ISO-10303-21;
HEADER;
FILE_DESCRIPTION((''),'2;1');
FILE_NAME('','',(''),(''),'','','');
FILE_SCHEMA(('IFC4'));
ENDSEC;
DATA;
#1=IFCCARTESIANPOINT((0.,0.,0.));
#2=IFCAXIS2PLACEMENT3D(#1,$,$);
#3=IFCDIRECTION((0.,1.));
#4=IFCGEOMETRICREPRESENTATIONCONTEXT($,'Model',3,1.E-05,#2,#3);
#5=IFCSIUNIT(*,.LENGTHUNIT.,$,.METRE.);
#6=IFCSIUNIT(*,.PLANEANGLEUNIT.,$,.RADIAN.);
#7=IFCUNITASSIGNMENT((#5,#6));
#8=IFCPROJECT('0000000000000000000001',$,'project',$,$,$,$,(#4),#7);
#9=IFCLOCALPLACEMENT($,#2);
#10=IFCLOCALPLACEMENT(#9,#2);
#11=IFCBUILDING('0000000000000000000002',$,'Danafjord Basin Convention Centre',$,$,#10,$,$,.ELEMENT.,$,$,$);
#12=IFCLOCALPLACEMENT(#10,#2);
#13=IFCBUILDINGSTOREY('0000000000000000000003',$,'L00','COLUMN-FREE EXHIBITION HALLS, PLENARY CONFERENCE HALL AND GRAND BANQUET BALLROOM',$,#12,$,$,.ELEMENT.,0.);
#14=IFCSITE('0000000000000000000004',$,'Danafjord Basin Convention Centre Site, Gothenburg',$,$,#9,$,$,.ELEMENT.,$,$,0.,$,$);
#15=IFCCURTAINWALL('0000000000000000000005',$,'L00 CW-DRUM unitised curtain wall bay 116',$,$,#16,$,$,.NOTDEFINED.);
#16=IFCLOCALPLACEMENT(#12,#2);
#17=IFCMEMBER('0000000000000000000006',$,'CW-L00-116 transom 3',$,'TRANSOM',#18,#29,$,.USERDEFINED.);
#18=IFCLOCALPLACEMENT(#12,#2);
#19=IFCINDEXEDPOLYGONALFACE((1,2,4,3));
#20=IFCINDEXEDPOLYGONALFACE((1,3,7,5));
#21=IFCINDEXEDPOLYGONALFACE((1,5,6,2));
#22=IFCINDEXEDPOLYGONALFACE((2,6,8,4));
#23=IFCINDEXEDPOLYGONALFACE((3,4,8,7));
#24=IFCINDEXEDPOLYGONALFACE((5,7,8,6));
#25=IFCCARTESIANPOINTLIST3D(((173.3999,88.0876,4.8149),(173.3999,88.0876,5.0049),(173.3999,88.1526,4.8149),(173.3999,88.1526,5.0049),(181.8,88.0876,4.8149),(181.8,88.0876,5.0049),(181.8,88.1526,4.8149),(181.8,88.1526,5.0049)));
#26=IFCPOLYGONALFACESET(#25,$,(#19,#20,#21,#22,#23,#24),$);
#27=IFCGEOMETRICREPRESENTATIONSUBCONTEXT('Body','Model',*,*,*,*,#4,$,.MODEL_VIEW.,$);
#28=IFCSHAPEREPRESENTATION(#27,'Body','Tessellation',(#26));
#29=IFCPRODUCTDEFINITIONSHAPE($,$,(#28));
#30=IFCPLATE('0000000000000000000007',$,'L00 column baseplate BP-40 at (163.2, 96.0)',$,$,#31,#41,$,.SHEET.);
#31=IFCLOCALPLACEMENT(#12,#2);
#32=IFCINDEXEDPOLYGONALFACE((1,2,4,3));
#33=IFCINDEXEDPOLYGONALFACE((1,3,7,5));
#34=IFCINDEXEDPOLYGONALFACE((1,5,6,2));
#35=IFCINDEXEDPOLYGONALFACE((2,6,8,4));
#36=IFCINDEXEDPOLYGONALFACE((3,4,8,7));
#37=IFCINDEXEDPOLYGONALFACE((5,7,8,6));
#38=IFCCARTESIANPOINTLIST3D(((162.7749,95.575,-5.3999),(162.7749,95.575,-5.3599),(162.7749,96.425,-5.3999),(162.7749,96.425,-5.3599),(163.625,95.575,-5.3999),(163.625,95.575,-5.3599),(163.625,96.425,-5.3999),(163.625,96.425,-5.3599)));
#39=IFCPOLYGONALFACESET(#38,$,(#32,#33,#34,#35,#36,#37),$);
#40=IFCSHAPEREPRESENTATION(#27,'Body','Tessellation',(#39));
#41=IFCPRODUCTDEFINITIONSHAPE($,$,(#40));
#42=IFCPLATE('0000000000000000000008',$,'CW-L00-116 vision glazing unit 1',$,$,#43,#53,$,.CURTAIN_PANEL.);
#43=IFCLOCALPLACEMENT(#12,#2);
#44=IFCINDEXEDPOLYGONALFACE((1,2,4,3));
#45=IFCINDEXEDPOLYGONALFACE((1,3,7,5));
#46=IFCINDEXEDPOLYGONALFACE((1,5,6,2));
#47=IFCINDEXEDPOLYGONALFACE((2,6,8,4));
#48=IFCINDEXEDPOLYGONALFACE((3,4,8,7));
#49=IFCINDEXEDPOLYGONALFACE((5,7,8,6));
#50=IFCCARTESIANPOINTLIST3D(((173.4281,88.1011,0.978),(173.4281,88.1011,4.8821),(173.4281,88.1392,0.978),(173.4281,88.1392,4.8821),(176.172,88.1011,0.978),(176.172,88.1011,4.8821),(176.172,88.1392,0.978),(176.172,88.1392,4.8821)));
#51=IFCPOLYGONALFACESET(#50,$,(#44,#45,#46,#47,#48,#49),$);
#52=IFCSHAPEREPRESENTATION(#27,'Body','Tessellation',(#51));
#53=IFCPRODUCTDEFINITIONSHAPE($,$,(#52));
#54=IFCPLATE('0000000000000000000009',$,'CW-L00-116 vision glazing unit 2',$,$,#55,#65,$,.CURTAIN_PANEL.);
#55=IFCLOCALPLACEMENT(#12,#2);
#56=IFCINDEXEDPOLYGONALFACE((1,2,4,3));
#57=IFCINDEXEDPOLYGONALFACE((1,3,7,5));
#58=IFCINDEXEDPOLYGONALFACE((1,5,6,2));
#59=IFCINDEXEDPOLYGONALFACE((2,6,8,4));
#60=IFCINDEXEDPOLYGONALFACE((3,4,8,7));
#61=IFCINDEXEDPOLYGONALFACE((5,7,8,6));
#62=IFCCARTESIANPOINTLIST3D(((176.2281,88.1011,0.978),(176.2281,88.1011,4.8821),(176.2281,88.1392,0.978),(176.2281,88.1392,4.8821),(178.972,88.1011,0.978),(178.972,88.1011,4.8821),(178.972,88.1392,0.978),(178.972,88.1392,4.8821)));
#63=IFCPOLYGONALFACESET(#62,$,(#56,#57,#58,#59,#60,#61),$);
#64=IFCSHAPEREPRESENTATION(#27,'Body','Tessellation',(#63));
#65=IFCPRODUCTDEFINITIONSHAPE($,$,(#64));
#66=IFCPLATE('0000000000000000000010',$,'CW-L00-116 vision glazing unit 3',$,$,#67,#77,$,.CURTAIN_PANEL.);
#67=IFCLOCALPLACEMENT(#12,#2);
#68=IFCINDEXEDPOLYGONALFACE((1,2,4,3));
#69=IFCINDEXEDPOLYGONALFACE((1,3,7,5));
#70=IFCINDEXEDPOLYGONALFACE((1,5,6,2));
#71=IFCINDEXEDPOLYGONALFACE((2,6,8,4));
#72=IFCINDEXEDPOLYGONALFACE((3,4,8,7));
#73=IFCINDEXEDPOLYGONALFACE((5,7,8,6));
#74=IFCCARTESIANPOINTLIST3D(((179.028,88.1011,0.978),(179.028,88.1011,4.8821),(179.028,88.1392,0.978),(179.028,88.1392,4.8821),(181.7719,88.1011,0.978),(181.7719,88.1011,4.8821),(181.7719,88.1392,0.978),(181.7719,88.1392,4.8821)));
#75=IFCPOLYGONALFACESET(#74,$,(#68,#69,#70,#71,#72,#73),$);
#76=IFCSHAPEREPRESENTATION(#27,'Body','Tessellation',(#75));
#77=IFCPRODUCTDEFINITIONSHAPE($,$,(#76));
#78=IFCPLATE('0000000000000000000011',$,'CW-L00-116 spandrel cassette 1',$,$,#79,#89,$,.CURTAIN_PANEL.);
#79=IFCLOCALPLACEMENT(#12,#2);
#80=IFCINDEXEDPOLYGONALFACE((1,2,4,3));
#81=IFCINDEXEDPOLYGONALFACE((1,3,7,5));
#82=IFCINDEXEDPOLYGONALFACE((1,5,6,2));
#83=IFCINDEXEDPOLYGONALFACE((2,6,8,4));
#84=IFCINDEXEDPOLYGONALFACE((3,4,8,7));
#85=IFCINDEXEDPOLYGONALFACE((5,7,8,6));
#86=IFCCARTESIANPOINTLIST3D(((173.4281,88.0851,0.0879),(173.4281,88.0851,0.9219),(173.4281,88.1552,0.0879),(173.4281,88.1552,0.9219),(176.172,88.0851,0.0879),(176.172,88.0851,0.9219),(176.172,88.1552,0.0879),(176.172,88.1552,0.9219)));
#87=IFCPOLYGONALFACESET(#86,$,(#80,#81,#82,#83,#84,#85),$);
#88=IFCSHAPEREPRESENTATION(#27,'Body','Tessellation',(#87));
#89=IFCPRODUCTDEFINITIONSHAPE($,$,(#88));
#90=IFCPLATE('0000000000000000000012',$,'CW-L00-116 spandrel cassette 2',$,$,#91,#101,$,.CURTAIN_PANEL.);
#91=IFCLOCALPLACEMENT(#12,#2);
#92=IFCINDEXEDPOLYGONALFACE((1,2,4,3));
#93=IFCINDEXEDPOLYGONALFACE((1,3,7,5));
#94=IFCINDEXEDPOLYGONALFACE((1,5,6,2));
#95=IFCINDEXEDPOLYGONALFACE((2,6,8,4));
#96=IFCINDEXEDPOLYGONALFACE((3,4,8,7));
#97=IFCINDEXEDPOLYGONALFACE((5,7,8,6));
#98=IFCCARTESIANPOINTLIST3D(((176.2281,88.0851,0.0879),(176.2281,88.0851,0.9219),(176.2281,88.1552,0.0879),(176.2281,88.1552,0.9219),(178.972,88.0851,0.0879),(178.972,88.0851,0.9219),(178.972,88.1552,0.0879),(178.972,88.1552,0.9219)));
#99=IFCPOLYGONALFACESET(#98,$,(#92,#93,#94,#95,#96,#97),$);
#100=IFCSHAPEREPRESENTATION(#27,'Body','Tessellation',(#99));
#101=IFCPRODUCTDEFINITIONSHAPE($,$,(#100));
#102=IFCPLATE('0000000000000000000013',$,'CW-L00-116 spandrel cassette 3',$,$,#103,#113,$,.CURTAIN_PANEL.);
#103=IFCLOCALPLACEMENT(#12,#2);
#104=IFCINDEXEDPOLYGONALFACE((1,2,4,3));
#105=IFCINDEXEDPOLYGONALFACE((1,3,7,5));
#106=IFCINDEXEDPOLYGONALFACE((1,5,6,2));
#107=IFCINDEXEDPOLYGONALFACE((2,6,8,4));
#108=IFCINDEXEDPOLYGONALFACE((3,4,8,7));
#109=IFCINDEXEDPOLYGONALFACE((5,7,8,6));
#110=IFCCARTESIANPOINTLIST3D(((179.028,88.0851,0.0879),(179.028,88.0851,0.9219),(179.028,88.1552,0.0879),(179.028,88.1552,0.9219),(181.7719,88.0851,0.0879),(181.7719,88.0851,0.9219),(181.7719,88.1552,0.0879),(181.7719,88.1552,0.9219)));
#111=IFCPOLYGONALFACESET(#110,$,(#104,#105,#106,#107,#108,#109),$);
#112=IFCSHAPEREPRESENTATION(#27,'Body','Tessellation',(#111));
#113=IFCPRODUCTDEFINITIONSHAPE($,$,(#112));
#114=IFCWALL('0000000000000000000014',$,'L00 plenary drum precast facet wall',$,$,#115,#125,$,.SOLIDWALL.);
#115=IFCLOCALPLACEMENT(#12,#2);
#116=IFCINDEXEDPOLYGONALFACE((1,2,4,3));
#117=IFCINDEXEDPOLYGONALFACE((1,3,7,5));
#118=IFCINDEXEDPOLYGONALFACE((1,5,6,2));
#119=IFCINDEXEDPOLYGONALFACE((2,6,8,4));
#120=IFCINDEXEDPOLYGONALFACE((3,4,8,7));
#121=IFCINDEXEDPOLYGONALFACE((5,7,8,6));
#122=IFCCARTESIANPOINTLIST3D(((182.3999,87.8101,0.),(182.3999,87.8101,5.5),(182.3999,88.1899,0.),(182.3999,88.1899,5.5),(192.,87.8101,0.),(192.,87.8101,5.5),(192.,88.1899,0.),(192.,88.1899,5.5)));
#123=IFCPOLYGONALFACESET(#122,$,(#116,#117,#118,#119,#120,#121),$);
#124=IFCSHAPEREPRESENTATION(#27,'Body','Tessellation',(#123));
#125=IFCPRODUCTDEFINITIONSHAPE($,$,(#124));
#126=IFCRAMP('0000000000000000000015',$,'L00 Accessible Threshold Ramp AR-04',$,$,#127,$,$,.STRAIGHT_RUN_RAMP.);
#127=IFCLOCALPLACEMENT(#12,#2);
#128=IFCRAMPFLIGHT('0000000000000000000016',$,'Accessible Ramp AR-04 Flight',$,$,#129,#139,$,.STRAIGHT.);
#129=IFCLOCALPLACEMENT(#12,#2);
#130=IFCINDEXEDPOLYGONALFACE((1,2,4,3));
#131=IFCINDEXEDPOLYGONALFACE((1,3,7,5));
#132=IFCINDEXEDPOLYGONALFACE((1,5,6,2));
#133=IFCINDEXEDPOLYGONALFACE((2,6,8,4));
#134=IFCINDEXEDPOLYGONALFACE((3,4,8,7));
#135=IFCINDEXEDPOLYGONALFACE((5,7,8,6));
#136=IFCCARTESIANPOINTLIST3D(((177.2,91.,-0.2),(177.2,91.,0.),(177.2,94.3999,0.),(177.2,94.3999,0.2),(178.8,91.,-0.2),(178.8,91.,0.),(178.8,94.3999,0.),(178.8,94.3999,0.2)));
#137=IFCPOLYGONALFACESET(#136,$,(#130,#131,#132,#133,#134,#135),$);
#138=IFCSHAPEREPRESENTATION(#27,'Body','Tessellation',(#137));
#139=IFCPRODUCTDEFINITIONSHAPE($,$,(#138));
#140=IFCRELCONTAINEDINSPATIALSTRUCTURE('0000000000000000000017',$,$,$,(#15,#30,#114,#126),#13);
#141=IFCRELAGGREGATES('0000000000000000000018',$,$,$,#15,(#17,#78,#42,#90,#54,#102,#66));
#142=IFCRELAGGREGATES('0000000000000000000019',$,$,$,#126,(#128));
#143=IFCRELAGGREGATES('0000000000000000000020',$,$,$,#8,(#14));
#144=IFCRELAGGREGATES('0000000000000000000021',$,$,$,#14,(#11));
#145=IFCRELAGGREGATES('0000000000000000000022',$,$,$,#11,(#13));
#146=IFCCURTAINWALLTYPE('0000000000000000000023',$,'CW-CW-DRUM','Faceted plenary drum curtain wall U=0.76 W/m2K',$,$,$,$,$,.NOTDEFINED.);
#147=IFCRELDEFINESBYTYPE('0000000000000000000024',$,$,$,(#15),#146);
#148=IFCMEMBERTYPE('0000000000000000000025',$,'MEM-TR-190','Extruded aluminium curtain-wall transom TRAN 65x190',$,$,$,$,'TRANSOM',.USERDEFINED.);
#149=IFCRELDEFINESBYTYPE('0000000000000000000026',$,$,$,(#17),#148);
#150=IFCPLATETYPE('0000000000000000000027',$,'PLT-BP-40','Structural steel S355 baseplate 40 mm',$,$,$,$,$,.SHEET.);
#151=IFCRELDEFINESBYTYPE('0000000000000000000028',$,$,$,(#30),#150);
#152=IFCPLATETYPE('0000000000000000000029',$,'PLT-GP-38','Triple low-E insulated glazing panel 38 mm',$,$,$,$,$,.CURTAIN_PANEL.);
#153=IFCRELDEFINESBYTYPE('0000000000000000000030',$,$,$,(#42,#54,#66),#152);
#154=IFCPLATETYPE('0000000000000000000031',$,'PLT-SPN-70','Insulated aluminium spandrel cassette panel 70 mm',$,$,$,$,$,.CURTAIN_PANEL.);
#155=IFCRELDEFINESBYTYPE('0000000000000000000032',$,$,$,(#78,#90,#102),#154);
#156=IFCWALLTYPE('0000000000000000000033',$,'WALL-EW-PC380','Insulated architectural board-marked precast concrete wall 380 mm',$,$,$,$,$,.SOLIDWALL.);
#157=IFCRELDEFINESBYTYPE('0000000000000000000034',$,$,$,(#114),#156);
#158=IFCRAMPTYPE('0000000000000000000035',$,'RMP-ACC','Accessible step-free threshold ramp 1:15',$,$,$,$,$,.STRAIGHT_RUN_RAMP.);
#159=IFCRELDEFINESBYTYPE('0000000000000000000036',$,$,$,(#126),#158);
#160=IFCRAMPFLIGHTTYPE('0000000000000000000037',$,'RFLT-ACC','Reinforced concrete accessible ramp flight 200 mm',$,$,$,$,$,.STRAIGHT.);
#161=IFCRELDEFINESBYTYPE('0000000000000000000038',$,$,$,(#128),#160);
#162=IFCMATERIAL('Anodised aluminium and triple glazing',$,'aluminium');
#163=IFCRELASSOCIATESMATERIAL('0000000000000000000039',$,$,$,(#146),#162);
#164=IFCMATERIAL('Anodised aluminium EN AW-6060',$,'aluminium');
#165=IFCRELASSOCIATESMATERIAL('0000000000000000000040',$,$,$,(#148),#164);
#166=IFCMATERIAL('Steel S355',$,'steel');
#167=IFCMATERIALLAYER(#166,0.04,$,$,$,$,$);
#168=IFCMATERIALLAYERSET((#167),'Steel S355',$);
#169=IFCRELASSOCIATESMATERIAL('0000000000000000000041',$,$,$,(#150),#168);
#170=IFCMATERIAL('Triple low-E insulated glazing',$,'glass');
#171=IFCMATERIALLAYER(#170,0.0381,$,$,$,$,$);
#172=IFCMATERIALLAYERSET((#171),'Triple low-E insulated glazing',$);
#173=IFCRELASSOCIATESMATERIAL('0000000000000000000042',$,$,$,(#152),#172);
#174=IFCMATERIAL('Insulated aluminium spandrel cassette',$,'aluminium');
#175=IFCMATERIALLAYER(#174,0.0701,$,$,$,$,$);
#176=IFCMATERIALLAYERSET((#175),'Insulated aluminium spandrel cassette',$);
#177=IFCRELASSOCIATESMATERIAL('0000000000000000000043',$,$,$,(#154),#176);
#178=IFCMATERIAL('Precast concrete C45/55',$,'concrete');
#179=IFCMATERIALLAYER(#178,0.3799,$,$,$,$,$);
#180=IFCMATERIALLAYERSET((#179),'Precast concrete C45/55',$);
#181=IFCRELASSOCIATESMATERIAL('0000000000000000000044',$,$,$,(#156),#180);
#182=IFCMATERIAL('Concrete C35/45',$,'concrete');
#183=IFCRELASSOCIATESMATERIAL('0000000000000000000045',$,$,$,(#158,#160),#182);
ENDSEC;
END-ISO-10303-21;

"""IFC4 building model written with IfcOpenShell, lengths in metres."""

from ifc_helpers import new_model, si_unit, direction, frame, frame_2d, origin, origin_2d, place, context, subcontext, project, spatial, polyline, rectangle, outline, extrude, material, layer, layer_set, material_profile, profile_set, type_object, element, aggregate, save


model = new_model("IFC4")

# Units and contexts
model_context = context("Model", 3, precision=1e-05, world=origin(), true_north=direction((0.0, 1.0)))
body_context = subcontext(model_context, "Body", "Model", "MODEL_VIEW")
ifc_project = project(units=[si_unit("LENGTHUNIT", "METRE"), si_unit("PLANEANGLEUNIT", "RADIAN")], contexts=[model_context])

# Site, building, storey
site_placement = place(None, origin())
site = spatial("IfcSite", under=ifc_project, at=site_placement, Name="Danafjord Basin Convention Centre Site, Gothenburg", CompositionType="ELEMENT", RefElevation=0.0)
building_placement = place(site_placement, origin())
building = spatial("IfcBuilding", under=site, at=building_placement, Name="Danafjord Basin Convention Centre", CompositionType="ELEMENT")
storey_placement = place(building_placement, origin())
storey = spatial("IfcBuildingStorey", under=building, at=storey_placement, Name="L00", Description="COLUMN-FREE EXHIBITION HALLS, PLENARY CONFERENCE HALL AND GRAND BANQUET BALLROOM", CompositionType="ELEMENT", Elevation=0.0)

# Shared definitions
ifc_material_1 = material(Name="Steel S355", Category="steel")

# Shared definitions
ifc_material_2 = material(Name="Anodised aluminium and triple glazing", Category="aluminium")
curtain_wall_type = type_object("IfcCurtainWallType", Name="CW-CW-DRUM", Description="Faceted plenary drum curtain wall U=0.76 W/m2K", PredefinedType="NOTDEFINED", material=ifc_material_2)
ifc_material_3 = material(Name="Anodised aluminium EN AW-6060", Category="aluminium")

# Curtain wall, member
curtain_wall_1_placement = place(storey_placement, origin())
curtain_wall_1 = element("IfcCurtainWall", 1, at=curtain_wall_1_placement, inside=storey, type_object=curtain_wall_type, Name="L00 CW-DRUM unitised curtain wall bay 116", PredefinedType="NOTDEFINED")
ifc_material_profile_1 = material_profile(ifc_material_3, rectangle(XDim=0.0649, YDim=0.1899, at=origin_2d()), Name="TRAN 65x190")
ifc_profile_set_1 = profile_set([ifc_material_profile_1], Name="Anodised aluminium EN AW-6060")
member_type_1 = type_object("IfcMemberType", Name="MEM-TR-190", Description="Extruded aluminium curtain-wall transom TRAN 65x190", ElementType="TRANSOM", PredefinedType="USERDEFINED", material=ifc_profile_set_1)
member_1_placement = place(storey_placement, frame((173.3999, 88.1201, 4.9099), z_axis=(1.0, 0.0, 0.0), x_axis=(0.0, 1.0, 0.0)))
member_1 = element("IfcMember", 2, at=member_1_placement, type_object=member_type_1, Name="CW-L00-116 transom 3", ObjectType="TRANSOM", PredefinedType="USERDEFINED", context=body_context, shape_type="SweptSolid", body=[
    extrude(rectangle(XDim=0.0649, YDim=0.1899, at=origin_2d()), origin(), (0.0, 0.0, 1.0), 8.4001),
])

# Plates
ifc_layer_1 = layer(ifc_material_1, 0.04)
ifc_layer_set_1 = layer_set([ifc_layer_1], Name="Steel S355")
plate_type_1 = type_object("IfcPlateType", Name="PLT-BP-40", Description="Structural steel S355 baseplate 40 mm", PredefinedType="SHEET", material=ifc_layer_set_1)
plate_1_placement = place(storey_placement, frame((163.2, 96.0, -5.3999), z_axis=(0.0, 0.0, 1.0), x_axis=(1.0, 0.0, 0.0)))
element("IfcPlate", 3, at=plate_1_placement, inside=storey, type_object=plate_type_1, Name="L00 column baseplate BP-40 at (163.2, 96.0)", PredefinedType="SHEET", context=body_context, shape_type="SweptSolid", body=[
    extrude(rectangle(XDim=0.8501, YDim=0.8501, at=origin_2d()), origin(), (0.0, 0.0, 1.0), 0.04),
])
ifc_material_4 = material(Name="Triple low-E insulated glazing", Category="glass")
ifc_layer_2 = layer(ifc_material_4, 0.0381)
ifc_layer_set_2 = layer_set([ifc_layer_2], Name="Triple low-E insulated glazing")
plate_type_2 = type_object("IfcPlateType", Name="PLT-GP-38", Description="Triple low-E insulated glazing panel 38 mm", PredefinedType="CURTAIN_PANEL", material=ifc_layer_set_2)
plate_2_placement = place(storey_placement, frame((174.8, 88.1201, 0.978), z_axis=(0.0, 0.0, 1.0), x_axis=(1.0, 0.0, 0.0)))
plate_2 = element("IfcPlate", 4, at=plate_2_placement, type_object=plate_type_2, Name="CW-L00-116 vision glazing unit 1", PredefinedType="CURTAIN_PANEL", context=body_context, shape_type="SweptSolid", body=[
    extrude(rectangle(XDim=2.7439, YDim=0.0381, at=origin_2d()), origin(), (0.0, 0.0, 1.0), 3.9041),
])
plate_3_placement = place(storey_placement, frame((177.6001, 88.1201, 0.978), z_axis=(0.0, 0.0, 1.0), x_axis=(1.0, 0.0, 0.0)))
plate_3 = element("IfcPlate", 5, at=plate_3_placement, type_object=plate_type_2, Name="CW-L00-116 vision glazing unit 2", PredefinedType="CURTAIN_PANEL", context=body_context, shape_type="SweptSolid", body=[
    extrude(rectangle(XDim=2.7439, YDim=0.0381, at=origin_2d()), origin(), (0.0, 0.0, 1.0), 3.9041),
])
plate_4_placement = place(storey_placement, frame((180.3999, 88.1201, 0.978), z_axis=(0.0, 0.0, 1.0), x_axis=(1.0, 0.0, 0.0)))
plate_4 = element("IfcPlate", 6, at=plate_4_placement, type_object=plate_type_2, Name="CW-L00-116 vision glazing unit 3", PredefinedType="CURTAIN_PANEL", context=body_context, shape_type="SweptSolid", body=[
    extrude(rectangle(XDim=2.7439, YDim=0.0381, at=origin_2d()), origin(), (0.0, 0.0, 1.0), 3.9041),
])
ifc_material_5 = material(Name="Insulated aluminium spandrel cassette", Category="aluminium")
ifc_layer_3 = layer(ifc_material_5, 0.0701)
ifc_layer_set_3 = layer_set([ifc_layer_3], Name="Insulated aluminium spandrel cassette")
plate_type_3 = type_object("IfcPlateType", Name="PLT-SPN-70", Description="Insulated aluminium spandrel cassette panel 70 mm", PredefinedType="CURTAIN_PANEL", material=ifc_layer_set_3)
plate_5_placement = place(storey_placement, frame((174.8, 88.1201, 0.0879), z_axis=(0.0, 0.0, 1.0), x_axis=(1.0, 0.0, 0.0)))
plate_5 = element("IfcPlate", 7, at=plate_5_placement, type_object=plate_type_3, Name="CW-L00-116 spandrel cassette 1", PredefinedType="CURTAIN_PANEL", context=body_context, shape_type="SweptSolid", body=[
    extrude(rectangle(XDim=2.7439, YDim=0.0701, at=origin_2d()), origin(), (0.0, 0.0, 1.0), 0.834),
])
plate_6_placement = place(storey_placement, frame((177.6001, 88.1201, 0.0879), z_axis=(0.0, 0.0, 1.0), x_axis=(1.0, 0.0, 0.0)))
plate_6 = element("IfcPlate", 8, at=plate_6_placement, type_object=plate_type_3, Name="CW-L00-116 spandrel cassette 2", PredefinedType="CURTAIN_PANEL", context=body_context, shape_type="SweptSolid", body=[
    extrude(rectangle(XDim=2.7439, YDim=0.0701, at=origin_2d()), origin(), (0.0, 0.0, 1.0), 0.834),
])
plate_7_placement = place(storey_placement, frame((180.3999, 88.1201, 0.0879), z_axis=(0.0, 0.0, 1.0), x_axis=(1.0, 0.0, 0.0)))
plate_7 = element("IfcPlate", 9, at=plate_7_placement, type_object=plate_type_3, Name="CW-L00-116 spandrel cassette 3", PredefinedType="CURTAIN_PANEL", context=body_context, shape_type="SweptSolid", body=[
    extrude(rectangle(XDim=2.7439, YDim=0.0701, at=origin_2d()), origin(), (0.0, 0.0, 1.0), 0.834),
])
aggregate(curtain_wall_1, [member_1, plate_5, plate_2, plate_6, plate_3, plate_7, plate_4])

# Wall
ifc_material_6 = material(Name="Precast concrete C45/55", Category="concrete")
ifc_layer_4 = layer(ifc_material_6, 0.3799)
ifc_layer_set_4 = layer_set([ifc_layer_4], Name="Precast concrete C45/55")
wall_type = type_object("IfcWallType", Name="WALL-EW-PC380", Description="Insulated architectural board-marked precast concrete wall 380 mm", PredefinedType="SOLIDWALL", material=ifc_layer_set_4)
wall_placement = place(storey_placement, frame((182.3999, 88.0, 0.0), z_axis=(0.0, 0.0, 1.0), x_axis=(1.0, 0.0, 0.0)))
element("IfcWall", 10, at=wall_placement, inside=storey, type_object=wall_type, Name="L00 plenary drum precast facet wall", PredefinedType="SOLIDWALL", context=body_context, shape_type="SweptSolid", body=[
    extrude(rectangle(XDim=9.6001, YDim=0.3799, at=frame_2d((4.8, 0.0))), origin(), (0.0, 0.0, 1.0), 5.5),
])

# Ramp, ramp flight
ifc_material_7 = material(Name="Concrete C35/45", Category="concrete")
ramp_type = type_object("IfcRampType", Name="RMP-ACC", Description="Accessible step-free threshold ramp 1:15", PredefinedType="STRAIGHT_RUN_RAMP", material=ifc_material_7)
ramp_placement = place(storey_placement, origin())
ramp = element("IfcRamp", 11, at=ramp_placement, inside=storey, type_object=ramp_type, Name="L00 Accessible Threshold Ramp AR-04", PredefinedType="STRAIGHT_RUN_RAMP")
ramp_flight_type = type_object("IfcRampFlightType", Name="RFLT-ACC", Description="Reinforced concrete accessible ramp flight 200 mm", PredefinedType="STRAIGHT", material=ifc_material_7)
ramp_flight_placement = place(storey_placement, frame((178.0, 91.0, 0.0), z_axis=(0.0, 0.0, 1.0), x_axis=(0.0, 1.0, 0.0)))
ramp_flight = element("IfcRampFlight", 12, at=ramp_flight_placement, type_object=ramp_flight_type, Name="Accessible Ramp AR-04 Flight", PredefinedType="STRAIGHT", context=body_context, shape_type="SweptSolid", body=[
    extrude(outline(polyline([(0.0, 0.0), (3.3999, 0.2), (3.3999, 0.0), (0.0, -0.2), (0.0, 0.0)])), frame((0.0, 0.8, 0.0), z_axis=(0.0, -1.0, 0.0), x_axis=(1.0, 0.0, 0.0)), (0.0, 0.0, 1.0), 1.6001),
])
aggregate(ramp, [ramp_flight])

save(model, "model.ifc")
